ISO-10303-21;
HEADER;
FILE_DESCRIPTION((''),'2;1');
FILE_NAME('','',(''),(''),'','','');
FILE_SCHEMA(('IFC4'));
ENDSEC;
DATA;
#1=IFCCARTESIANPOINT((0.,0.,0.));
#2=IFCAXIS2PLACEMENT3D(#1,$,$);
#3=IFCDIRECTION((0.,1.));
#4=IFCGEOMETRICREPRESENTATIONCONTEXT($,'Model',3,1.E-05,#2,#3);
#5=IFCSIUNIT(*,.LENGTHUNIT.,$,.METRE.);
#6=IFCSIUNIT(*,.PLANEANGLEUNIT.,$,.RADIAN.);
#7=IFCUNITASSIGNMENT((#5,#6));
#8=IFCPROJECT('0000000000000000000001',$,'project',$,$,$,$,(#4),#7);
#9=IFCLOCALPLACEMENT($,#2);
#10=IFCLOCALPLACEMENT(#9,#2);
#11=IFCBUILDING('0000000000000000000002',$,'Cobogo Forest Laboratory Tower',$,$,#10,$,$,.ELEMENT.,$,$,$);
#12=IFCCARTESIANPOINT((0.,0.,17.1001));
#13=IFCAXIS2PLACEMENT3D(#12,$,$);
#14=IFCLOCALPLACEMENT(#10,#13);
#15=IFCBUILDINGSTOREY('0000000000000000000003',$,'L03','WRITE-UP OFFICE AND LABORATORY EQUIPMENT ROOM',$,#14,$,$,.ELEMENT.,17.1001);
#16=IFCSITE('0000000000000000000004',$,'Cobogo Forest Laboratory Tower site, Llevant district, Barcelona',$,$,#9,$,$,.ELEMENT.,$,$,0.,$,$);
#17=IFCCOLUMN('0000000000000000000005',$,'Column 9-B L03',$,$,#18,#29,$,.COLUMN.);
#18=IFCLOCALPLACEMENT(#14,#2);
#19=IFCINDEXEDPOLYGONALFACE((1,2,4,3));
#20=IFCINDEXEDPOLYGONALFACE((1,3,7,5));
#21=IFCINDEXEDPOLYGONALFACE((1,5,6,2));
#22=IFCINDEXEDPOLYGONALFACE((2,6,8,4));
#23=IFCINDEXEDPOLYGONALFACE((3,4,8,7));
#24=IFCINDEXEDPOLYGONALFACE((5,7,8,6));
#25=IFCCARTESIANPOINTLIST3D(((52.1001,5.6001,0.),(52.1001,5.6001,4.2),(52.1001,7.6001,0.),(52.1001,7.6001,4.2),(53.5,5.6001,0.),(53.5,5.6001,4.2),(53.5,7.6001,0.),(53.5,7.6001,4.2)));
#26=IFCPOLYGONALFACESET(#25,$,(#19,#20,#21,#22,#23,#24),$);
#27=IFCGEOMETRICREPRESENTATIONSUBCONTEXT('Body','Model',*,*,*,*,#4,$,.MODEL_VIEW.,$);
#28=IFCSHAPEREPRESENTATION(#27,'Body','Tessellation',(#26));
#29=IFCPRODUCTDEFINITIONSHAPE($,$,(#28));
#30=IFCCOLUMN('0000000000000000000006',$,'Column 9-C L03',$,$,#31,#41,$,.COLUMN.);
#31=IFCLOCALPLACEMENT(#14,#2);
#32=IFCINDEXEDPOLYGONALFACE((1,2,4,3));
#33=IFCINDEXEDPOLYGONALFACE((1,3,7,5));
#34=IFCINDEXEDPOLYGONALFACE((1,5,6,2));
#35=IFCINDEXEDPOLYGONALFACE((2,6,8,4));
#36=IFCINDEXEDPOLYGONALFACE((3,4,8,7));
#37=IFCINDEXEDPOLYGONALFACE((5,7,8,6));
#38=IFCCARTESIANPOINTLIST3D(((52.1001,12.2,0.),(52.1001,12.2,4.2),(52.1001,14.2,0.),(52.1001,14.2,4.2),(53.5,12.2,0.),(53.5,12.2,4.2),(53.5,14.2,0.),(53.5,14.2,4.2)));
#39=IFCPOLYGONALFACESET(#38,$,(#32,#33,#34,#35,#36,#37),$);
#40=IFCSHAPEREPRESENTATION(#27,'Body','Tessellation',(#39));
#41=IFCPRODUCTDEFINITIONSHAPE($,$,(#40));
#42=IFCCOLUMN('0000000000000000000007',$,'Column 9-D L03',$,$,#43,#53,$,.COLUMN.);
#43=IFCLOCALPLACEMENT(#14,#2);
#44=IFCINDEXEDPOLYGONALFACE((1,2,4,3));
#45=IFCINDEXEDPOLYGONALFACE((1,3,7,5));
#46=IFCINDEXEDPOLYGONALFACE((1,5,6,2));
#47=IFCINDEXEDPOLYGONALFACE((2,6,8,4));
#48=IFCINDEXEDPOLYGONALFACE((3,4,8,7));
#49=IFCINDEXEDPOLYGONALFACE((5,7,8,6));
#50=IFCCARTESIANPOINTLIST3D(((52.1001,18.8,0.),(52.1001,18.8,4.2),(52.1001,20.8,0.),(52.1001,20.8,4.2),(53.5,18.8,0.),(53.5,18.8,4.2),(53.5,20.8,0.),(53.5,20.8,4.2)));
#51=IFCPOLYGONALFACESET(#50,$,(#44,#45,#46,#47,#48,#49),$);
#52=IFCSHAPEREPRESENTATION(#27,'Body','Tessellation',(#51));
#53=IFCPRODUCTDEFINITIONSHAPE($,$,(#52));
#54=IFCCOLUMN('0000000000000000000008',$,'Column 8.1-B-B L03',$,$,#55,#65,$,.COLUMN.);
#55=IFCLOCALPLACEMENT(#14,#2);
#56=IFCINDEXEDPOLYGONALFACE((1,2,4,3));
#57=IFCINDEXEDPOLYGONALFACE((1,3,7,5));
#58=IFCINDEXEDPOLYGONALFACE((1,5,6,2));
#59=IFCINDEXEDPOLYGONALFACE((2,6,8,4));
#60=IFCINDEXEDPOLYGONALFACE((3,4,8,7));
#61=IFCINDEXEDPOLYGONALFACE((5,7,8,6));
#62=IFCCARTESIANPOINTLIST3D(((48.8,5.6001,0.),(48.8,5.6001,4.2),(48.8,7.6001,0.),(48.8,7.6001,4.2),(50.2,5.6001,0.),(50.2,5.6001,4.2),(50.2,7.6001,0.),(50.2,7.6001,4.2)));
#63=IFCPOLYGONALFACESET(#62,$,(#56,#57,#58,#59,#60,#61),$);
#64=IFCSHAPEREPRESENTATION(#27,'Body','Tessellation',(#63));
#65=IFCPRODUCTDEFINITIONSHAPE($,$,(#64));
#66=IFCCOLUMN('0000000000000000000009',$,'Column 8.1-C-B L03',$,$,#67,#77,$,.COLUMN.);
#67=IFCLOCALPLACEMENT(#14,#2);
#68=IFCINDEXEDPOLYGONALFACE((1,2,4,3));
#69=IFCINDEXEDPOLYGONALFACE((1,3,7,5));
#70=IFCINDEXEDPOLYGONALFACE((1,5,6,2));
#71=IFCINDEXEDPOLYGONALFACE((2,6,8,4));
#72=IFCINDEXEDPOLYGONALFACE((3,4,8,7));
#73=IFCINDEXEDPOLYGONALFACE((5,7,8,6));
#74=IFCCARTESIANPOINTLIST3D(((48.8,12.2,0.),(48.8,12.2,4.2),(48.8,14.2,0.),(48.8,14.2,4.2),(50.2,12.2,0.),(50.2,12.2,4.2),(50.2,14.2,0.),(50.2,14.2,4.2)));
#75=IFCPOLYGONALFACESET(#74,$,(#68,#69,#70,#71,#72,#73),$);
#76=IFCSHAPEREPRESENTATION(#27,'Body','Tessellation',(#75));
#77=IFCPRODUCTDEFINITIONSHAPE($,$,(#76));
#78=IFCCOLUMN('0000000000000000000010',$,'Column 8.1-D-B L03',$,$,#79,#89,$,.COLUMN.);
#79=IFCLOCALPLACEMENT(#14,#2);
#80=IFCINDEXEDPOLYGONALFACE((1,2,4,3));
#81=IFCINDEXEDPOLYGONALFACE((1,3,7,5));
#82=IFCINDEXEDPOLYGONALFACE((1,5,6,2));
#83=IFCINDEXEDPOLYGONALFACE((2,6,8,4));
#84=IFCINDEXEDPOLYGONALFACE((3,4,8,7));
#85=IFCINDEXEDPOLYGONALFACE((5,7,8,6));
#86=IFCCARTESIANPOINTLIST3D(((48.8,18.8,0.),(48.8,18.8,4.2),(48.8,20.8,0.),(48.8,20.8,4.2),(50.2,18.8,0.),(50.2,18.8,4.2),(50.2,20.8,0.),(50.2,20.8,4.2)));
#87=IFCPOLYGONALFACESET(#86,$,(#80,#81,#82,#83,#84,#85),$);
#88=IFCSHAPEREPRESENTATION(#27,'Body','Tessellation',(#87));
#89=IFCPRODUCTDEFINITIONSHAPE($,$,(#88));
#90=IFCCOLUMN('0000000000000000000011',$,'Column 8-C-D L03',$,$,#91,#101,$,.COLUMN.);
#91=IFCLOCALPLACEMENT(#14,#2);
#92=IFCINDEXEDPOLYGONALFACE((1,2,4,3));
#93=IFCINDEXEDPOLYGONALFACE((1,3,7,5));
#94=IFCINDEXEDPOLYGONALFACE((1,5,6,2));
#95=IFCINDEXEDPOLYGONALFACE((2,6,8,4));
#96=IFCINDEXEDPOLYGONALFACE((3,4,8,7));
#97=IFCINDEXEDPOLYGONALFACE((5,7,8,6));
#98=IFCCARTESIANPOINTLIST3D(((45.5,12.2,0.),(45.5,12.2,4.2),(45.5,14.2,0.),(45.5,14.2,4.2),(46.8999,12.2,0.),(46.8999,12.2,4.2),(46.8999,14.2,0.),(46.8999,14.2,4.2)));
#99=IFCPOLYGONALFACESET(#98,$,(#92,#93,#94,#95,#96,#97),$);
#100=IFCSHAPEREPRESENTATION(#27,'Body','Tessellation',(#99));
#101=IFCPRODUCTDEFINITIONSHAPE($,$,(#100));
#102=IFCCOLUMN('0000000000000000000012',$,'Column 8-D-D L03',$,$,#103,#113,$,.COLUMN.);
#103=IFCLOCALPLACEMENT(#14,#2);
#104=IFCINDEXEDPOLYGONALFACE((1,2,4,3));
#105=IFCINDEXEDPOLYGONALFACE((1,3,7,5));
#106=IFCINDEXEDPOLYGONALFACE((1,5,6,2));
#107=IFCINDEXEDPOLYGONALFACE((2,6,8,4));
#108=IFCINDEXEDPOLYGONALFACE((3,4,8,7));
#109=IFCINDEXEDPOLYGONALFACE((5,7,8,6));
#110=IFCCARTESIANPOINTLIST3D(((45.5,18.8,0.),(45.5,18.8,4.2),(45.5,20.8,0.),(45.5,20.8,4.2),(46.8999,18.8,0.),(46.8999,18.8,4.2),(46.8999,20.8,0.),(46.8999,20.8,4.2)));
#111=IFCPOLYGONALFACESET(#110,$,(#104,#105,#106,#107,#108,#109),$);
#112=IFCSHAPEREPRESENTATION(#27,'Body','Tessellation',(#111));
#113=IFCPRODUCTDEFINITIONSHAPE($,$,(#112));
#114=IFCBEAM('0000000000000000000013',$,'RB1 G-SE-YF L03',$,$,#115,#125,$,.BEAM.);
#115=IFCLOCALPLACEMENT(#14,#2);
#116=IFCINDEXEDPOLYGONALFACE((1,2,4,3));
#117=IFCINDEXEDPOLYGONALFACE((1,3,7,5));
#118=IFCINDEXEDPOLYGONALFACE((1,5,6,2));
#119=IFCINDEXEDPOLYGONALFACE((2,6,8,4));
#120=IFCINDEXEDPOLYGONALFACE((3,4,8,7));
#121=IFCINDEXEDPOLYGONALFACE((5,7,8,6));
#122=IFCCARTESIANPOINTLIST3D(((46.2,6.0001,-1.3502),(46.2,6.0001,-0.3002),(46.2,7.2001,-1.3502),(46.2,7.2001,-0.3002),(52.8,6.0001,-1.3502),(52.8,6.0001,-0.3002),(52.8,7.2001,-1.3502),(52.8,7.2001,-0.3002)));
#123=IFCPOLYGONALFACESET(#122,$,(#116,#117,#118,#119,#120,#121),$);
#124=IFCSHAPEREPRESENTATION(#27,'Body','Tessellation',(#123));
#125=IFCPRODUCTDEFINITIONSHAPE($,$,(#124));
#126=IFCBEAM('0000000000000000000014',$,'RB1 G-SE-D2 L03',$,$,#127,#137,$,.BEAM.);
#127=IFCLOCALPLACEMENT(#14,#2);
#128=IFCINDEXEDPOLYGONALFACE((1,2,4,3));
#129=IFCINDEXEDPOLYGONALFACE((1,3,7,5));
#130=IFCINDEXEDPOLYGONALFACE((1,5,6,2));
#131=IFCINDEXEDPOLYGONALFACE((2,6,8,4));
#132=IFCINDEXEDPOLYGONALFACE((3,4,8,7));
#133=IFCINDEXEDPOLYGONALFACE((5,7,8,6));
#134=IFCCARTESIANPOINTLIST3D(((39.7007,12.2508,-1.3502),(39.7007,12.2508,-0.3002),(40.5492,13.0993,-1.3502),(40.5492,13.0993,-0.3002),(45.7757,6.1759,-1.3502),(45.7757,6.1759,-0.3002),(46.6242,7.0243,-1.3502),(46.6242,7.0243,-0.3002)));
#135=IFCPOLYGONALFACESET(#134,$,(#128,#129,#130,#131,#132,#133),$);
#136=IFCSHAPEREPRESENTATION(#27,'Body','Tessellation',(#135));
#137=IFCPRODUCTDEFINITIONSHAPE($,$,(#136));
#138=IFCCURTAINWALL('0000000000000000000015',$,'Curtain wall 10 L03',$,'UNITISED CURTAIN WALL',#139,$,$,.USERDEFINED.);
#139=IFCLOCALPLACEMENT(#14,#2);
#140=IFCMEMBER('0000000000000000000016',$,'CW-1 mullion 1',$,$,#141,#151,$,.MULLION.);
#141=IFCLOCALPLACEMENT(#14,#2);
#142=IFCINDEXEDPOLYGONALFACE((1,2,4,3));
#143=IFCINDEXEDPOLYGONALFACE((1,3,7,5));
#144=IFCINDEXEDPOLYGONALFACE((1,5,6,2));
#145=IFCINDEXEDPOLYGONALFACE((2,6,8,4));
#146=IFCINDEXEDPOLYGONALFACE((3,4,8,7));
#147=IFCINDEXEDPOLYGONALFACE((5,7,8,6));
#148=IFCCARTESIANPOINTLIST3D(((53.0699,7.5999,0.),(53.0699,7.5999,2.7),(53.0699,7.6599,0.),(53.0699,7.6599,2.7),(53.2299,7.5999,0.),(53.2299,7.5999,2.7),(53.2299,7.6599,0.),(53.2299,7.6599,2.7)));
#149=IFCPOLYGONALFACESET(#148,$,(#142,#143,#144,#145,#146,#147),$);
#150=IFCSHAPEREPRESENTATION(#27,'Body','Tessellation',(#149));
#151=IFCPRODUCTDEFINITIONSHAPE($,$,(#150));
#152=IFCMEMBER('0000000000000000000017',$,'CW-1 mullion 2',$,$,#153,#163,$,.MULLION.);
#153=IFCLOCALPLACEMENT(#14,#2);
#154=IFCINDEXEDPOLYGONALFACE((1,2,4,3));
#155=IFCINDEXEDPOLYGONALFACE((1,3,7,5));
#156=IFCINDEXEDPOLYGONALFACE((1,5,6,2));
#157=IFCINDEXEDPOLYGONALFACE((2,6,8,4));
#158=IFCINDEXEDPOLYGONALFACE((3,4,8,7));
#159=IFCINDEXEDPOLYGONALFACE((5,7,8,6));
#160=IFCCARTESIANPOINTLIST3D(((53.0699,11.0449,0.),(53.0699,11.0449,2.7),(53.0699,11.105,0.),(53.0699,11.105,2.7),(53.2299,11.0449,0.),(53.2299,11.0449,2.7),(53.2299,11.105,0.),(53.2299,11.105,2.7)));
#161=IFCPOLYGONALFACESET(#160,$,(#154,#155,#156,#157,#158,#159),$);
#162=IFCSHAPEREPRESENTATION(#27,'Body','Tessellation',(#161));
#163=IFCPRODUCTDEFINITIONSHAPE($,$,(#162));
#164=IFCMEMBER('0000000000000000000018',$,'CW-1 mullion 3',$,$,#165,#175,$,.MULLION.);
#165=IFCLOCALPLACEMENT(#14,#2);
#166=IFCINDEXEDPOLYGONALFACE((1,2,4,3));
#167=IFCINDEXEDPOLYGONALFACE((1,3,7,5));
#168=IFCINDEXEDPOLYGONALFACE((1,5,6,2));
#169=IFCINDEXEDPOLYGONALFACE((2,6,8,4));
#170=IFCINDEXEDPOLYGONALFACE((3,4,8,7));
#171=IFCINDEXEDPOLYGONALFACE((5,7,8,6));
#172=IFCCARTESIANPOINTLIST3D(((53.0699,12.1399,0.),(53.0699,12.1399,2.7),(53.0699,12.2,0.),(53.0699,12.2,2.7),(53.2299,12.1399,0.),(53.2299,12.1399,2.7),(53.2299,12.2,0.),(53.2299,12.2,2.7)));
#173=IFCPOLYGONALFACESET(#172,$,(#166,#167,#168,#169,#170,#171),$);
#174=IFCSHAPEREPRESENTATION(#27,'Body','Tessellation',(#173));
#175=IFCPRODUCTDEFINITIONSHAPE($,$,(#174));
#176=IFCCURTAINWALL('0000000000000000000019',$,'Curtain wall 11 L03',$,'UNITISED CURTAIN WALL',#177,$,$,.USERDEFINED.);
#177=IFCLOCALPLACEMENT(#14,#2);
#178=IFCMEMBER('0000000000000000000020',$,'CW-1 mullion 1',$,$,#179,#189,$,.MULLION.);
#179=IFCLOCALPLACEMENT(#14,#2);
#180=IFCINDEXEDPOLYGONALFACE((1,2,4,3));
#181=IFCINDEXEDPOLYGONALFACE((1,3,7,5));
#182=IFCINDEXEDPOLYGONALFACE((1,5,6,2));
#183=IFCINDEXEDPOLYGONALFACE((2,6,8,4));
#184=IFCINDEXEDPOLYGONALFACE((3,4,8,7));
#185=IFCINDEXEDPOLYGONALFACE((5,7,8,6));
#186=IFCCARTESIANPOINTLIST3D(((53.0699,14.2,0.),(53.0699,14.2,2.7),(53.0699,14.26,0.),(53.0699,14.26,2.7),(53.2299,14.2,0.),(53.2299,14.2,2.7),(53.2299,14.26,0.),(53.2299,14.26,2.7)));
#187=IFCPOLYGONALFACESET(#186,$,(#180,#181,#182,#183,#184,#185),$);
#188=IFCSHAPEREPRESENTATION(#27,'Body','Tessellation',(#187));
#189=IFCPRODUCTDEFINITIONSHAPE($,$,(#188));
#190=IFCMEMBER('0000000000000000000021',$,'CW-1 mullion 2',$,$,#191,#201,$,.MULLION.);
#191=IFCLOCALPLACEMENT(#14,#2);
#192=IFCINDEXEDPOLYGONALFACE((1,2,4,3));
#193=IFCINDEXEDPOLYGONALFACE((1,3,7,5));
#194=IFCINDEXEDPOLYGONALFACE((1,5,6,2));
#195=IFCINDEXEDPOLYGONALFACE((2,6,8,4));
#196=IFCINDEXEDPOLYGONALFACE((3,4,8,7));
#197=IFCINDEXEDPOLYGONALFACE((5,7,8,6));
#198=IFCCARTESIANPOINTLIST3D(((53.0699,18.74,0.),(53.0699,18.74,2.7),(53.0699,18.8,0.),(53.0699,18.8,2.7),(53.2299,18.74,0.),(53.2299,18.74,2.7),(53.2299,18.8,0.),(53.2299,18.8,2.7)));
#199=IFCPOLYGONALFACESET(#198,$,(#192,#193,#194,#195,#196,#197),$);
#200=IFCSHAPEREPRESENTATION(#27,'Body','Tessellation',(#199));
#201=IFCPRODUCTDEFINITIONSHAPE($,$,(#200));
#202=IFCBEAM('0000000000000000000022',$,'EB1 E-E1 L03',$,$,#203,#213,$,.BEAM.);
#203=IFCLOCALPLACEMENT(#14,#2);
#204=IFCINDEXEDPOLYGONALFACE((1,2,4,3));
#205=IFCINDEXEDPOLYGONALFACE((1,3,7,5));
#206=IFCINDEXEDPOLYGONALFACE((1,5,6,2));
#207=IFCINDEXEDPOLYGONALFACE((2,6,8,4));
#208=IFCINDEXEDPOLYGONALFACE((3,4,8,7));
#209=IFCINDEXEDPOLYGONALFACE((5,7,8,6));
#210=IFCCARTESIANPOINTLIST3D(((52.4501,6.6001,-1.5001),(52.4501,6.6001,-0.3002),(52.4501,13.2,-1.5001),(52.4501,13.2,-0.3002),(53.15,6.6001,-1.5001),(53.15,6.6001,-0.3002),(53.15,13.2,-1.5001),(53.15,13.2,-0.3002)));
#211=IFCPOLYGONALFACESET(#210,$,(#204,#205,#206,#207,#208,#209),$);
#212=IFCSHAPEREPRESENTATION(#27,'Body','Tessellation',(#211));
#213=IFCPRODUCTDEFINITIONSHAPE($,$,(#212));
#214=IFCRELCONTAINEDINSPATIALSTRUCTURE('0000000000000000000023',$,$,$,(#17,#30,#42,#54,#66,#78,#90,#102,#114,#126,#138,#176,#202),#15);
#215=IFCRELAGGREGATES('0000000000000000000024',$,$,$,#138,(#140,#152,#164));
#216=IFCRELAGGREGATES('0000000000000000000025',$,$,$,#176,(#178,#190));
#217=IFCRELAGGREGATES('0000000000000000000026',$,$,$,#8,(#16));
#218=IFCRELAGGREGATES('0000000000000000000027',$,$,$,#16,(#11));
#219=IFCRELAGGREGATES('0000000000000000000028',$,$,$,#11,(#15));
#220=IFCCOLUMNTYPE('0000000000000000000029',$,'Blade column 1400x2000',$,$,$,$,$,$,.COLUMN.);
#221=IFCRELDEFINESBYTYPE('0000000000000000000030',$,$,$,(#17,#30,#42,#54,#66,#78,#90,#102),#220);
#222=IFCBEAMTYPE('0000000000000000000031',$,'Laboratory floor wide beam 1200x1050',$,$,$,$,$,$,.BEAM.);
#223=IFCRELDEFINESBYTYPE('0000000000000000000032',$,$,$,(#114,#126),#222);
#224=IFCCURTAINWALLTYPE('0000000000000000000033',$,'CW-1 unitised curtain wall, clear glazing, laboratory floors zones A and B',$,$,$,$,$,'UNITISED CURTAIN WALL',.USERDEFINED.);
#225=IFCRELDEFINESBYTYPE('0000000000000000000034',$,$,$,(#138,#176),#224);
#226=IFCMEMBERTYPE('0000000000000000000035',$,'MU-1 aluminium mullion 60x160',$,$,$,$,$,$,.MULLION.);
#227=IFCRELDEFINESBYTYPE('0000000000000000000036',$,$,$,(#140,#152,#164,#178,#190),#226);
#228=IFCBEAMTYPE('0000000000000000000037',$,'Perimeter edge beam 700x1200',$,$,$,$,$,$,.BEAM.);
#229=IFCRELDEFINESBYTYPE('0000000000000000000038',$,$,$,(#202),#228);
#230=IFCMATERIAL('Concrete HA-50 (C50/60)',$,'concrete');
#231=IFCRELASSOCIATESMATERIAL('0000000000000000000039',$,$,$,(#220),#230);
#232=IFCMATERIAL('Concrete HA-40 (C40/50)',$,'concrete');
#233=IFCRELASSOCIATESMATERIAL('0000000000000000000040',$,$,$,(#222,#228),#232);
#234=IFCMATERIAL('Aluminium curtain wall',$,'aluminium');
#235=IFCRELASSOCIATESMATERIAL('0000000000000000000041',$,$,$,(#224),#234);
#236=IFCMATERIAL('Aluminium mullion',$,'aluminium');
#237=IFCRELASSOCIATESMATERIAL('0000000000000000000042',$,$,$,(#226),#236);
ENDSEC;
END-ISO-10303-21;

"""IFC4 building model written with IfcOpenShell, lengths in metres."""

from ifc_helpers import new_model, si_unit, direction, frame, origin, origin_2d, place, context, subcontext, project, spatial, rectangle, extrude, material, material_profile, profile_set, type_object, element, aggregate, save


model = new_model("IFC4")

# Units and contexts
model_context = context("Model", 3, precision=1e-05, world=origin(), true_north=direction((0.0, 1.0)))
body_context = subcontext(model_context, "Body", "Model", "MODEL_VIEW")
ifc_project = project(units=[si_unit("LENGTHUNIT", "METRE"), si_unit("PLANEANGLEUNIT", "RADIAN")], contexts=[model_context])

# Site, building, storey
site_placement = place(None, origin())
site = spatial("IfcSite", under=ifc_project, at=site_placement, Name="Cobogo Forest Laboratory Tower site, Llevant district, Barcelona", CompositionType="ELEMENT", RefElevation=0.0)
building_placement = place(site_placement, origin())
building = spatial("IfcBuilding", under=site, at=building_placement, Name="Cobogo Forest Laboratory Tower", CompositionType="ELEMENT")
storey_placement = place(building_placement, frame((0.0, 0.0, 17.1001)))
storey = spatial("IfcBuildingStorey", under=building, at=storey_placement, Name="L03", Description="WRITE-UP OFFICE AND LABORATORY EQUIPMENT ROOM", CompositionType="ELEMENT", Elevation=17.1001)

# Columns
ifc_material_1 = material(Name="Concrete HA-50 (C50/60)", Category="concrete")
ifc_material_profile_1 = material_profile(ifc_material_1, rectangle(XDim=2.0, YDim=1.3999, at=origin_2d()), Name="RC 1400x2000")
ifc_profile_set_1 = profile_set([ifc_material_profile_1], Name="Concrete HA-50 (C50/60)")
column_type = type_object("IfcColumnType", Name="Blade column 1400x2000", PredefinedType="COLUMN", material=ifc_profile_set_1)
for number, where, z_axis, x_axis, name in (
    (1, (52.8, 6.6001, 0.0), (0.0, 0.0, 1.0), (0.0, 1.0, 0.0), "Column 9-B L03"),
    (2, (52.8, 13.2, 0.0), (0.0, 0.0, 1.0), (0.0, 1.0, 0.0), "Column 9-C L03"),
    (3, (52.8, 19.8, 0.0), (0.0, 0.0, 1.0), (0.0, 1.0, 0.0), "Column 9-D L03"),
    (4, (49.5, 6.6001, 0.0), (0.0, 0.0, 1.0), (0.0, 1.0, 0.0), "Column 8.1-B-B L03"),
    (5, (49.5, 13.2, 0.0), (0.0, 0.0, 1.0), (0.0, 1.0, 0.0), "Column 8.1-C-B L03"),
    (6, (49.5, 19.8, 0.0), (0.0, 0.0, 1.0), (0.0, 1.0, 0.0), "Column 8.1-D-B L03"),
    (7, (46.2, 13.2, 0.0), (0.0, 0.0, 1.0), (0.0, 1.0, 0.0), "Column 8-C-D L03"),
    (8, (46.2, 19.8, 0.0), (0.0, 0.0, 1.0), (0.0, 1.0, 0.0), "Column 8-D-D L03"),
):
    element("IfcColumn", number, at=place(storey_placement, frame(where, z_axis=z_axis, x_axis=x_axis)), inside=storey, type_object=column_type, Name=name, PredefinedType="COLUMN", context=body_context, shape_type="SweptSolid", body=[
        extrude(rectangle(XDim=2.0, YDim=1.3999, at=origin_2d()), origin(), (0.0, 0.0, 1.0), 4.2),
    ])

# Beams
ifc_material_2 = material(Name="Concrete HA-40 (C40/50)", Category="concrete")
ifc_material_profile_2 = material_profile(ifc_material_2, rectangle(XDim=1.2, YDim=1.05, at=origin_2d()), Name="RC 1200x1050")
ifc_profile_set_2 = profile_set([ifc_material_profile_2], Name="Concrete HA-40 (C40/50)")
beam_type_1 = type_object("IfcBeamType", Name="Laboratory floor wide beam 1200x1050", PredefinedType="BEAM", material=ifc_profile_set_2)
beam_1_placement = place(storey_placement, frame((52.8, 6.6001, -0.8252), z_axis=(-1.0, 0.0, 0.0), x_axis=(0.0, -1.0, 0.0)))
element("IfcBeam", 9, at=beam_1_placement, inside=storey, type_object=beam_type_1, Name="RB1 G-SE-YF L03", PredefinedType="BEAM", context=body_context, shape_type="SweptSolid", body=[
    extrude(rectangle(XDim=1.2, YDim=1.05, at=origin_2d()), origin(), (0.0, 0.0, 1.0), 6.6001),
])
beam_2_placement = place(storey_placement, frame((46.2, 6.6001, -0.8252), z_axis=(-0.707107, 0.707107, 0.0), x_axis=(-0.707107, -0.707107, 0.0)))
element("IfcBeam", 10, at=beam_2_placement, inside=storey, type_object=beam_type_1, Name="RB1 G-SE-D2 L03", PredefinedType="BEAM", context=body_context, shape_type="SweptSolid", body=[
    extrude(rectangle(XDim=1.2, YDim=1.05, at=origin_2d()), origin(), (0.0, 0.0, 1.0), 8.5913),
])

# Curtain walls, members
ifc_material_3 = material(Name="Aluminium curtain wall", Category="aluminium")
curtain_wall_type = type_object("IfcCurtainWallType", Name="CW-1 unitised curtain wall, clear glazing, laboratory floors zones A and B", ElementType="UNITISED CURTAIN WALL", PredefinedType="USERDEFINED", material=ifc_material_3)
curtain_wall_1_placement = place(storey_placement, origin())
curtain_wall_1 = element("IfcCurtainWall", 11, at=curtain_wall_1_placement, inside=storey, type_object=curtain_wall_type, Name="Curtain wall 10 L03", ObjectType="UNITISED CURTAIN WALL", PredefinedType="USERDEFINED")
ifc_material_4 = material(Name="Aluminium mullion", Category="aluminium")
ifc_material_profile_3 = material_profile(ifc_material_4, rectangle(XDim=0.0601, YDim=0.1599, at=origin_2d()), Name="AL 60x160")
ifc_profile_set_3 = profile_set([ifc_material_profile_3], Name="Aluminium mullion")
member_type_1 = type_object("IfcMemberType", Name="MU-1 aluminium mullion 60x160", PredefinedType="MULLION", material=ifc_profile_set_3)
member_1_placement = place(storey_placement, frame((53.1499, 7.6299, 0.0), z_axis=(0.0, 0.0, 1.0), x_axis=(0.0, 1.0, 0.0)))
member_1 = element("IfcMember", 12, at=member_1_placement, type_object=member_type_1, Name="CW-1 mullion 1", PredefinedType="MULLION", context=body_context, shape_type="SweptSolid", body=[
    extrude(rectangle(XDim=0.0601, YDim=0.1599, at=origin_2d()), origin(), (0.0, 0.0, 1.0), 2.7),
])
member_2_placement = place(storey_placement, frame((53.1499, 11.075, 0.0), z_axis=(0.0, 0.0, 1.0), x_axis=(0.0, 1.0, 0.0)))
member_2 = element("IfcMember", 13, at=member_2_placement, type_object=member_type_1, Name="CW-1 mullion 2", PredefinedType="MULLION", context=body_context, shape_type="SweptSolid", body=[
    extrude(rectangle(XDim=0.0601, YDim=0.1599, at=origin_2d()), origin(), (0.0, 0.0, 1.0), 2.7),
])
member_3_placement = place(storey_placement, frame((53.1499, 12.1699, 0.0), z_axis=(0.0, 0.0, 1.0), x_axis=(0.0, 1.0, 0.0)))
member_3 = element("IfcMember", 14, at=member_3_placement, type_object=member_type_1, Name="CW-1 mullion 3", PredefinedType="MULLION", context=body_context, shape_type="SweptSolid", body=[
    extrude(rectangle(XDim=0.0601, YDim=0.1599, at=origin_2d()), origin(), (0.0, 0.0, 1.0), 2.7),
])
curtain_wall_2_placement = place(storey_placement, origin())
curtain_wall_2 = element("IfcCurtainWall", 15, at=curtain_wall_2_placement, inside=storey, type_object=curtain_wall_type, Name="Curtain wall 11 L03", ObjectType="UNITISED CURTAIN WALL", PredefinedType="USERDEFINED")
member_4_placement = place(storey_placement, frame((53.1499, 14.23, 0.0), z_axis=(0.0, 0.0, 1.0), x_axis=(0.0, 1.0, 0.0)))
member_4 = element("IfcMember", 16, at=member_4_placement, type_object=member_type_1, Name="CW-1 mullion 1", PredefinedType="MULLION", context=body_context, shape_type="SweptSolid", body=[
    extrude(rectangle(XDim=0.0601, YDim=0.1599, at=origin_2d()), origin(), (0.0, 0.0, 1.0), 2.7),
])
member_5_placement = place(storey_placement, frame((53.1499, 18.77, 0.0), z_axis=(0.0, 0.0, 1.0), x_axis=(0.0, 1.0, 0.0)))
member_5 = element("IfcMember", 17, at=member_5_placement, type_object=member_type_1, Name="CW-1 mullion 2", PredefinedType="MULLION", context=body_context, shape_type="SweptSolid", body=[
    extrude(rectangle(XDim=0.0601, YDim=0.1599, at=origin_2d()), origin(), (0.0, 0.0, 1.0), 2.7),
])

# Beam
ifc_material_profile_4 = material_profile(ifc_material_2, rectangle(XDim=0.7, YDim=1.2, at=origin_2d()), Name="RC 700x1200")
ifc_profile_set_4 = profile_set([ifc_material_profile_4], Name="Concrete HA-40 (C40/50)")
beam_type_2 = type_object("IfcBeamType", Name="Perimeter edge beam 700x1200", PredefinedType="BEAM", material=ifc_profile_set_4)
beam_3_placement = place(storey_placement, frame((52.8, 6.6001, -0.9001), z_axis=(0.0, 1.0, 0.0), x_axis=(-1.0, 0.0, 0.0)))
element("IfcBeam", 18, at=beam_3_placement, inside=storey, type_object=beam_type_2, Name="EB1 E-E1 L03", PredefinedType="BEAM", context=body_context, shape_type="SweptSolid", body=[
    extrude(rectangle(XDim=0.7, YDim=1.2, at=origin_2d()), origin(), (0.0, 0.0, 1.0), 6.5999),
])

aggregate(curtain_wall_1, [member_1, member_2, member_3])
aggregate(curtain_wall_2, [member_4, member_5])

save(model, "model.ifc")
